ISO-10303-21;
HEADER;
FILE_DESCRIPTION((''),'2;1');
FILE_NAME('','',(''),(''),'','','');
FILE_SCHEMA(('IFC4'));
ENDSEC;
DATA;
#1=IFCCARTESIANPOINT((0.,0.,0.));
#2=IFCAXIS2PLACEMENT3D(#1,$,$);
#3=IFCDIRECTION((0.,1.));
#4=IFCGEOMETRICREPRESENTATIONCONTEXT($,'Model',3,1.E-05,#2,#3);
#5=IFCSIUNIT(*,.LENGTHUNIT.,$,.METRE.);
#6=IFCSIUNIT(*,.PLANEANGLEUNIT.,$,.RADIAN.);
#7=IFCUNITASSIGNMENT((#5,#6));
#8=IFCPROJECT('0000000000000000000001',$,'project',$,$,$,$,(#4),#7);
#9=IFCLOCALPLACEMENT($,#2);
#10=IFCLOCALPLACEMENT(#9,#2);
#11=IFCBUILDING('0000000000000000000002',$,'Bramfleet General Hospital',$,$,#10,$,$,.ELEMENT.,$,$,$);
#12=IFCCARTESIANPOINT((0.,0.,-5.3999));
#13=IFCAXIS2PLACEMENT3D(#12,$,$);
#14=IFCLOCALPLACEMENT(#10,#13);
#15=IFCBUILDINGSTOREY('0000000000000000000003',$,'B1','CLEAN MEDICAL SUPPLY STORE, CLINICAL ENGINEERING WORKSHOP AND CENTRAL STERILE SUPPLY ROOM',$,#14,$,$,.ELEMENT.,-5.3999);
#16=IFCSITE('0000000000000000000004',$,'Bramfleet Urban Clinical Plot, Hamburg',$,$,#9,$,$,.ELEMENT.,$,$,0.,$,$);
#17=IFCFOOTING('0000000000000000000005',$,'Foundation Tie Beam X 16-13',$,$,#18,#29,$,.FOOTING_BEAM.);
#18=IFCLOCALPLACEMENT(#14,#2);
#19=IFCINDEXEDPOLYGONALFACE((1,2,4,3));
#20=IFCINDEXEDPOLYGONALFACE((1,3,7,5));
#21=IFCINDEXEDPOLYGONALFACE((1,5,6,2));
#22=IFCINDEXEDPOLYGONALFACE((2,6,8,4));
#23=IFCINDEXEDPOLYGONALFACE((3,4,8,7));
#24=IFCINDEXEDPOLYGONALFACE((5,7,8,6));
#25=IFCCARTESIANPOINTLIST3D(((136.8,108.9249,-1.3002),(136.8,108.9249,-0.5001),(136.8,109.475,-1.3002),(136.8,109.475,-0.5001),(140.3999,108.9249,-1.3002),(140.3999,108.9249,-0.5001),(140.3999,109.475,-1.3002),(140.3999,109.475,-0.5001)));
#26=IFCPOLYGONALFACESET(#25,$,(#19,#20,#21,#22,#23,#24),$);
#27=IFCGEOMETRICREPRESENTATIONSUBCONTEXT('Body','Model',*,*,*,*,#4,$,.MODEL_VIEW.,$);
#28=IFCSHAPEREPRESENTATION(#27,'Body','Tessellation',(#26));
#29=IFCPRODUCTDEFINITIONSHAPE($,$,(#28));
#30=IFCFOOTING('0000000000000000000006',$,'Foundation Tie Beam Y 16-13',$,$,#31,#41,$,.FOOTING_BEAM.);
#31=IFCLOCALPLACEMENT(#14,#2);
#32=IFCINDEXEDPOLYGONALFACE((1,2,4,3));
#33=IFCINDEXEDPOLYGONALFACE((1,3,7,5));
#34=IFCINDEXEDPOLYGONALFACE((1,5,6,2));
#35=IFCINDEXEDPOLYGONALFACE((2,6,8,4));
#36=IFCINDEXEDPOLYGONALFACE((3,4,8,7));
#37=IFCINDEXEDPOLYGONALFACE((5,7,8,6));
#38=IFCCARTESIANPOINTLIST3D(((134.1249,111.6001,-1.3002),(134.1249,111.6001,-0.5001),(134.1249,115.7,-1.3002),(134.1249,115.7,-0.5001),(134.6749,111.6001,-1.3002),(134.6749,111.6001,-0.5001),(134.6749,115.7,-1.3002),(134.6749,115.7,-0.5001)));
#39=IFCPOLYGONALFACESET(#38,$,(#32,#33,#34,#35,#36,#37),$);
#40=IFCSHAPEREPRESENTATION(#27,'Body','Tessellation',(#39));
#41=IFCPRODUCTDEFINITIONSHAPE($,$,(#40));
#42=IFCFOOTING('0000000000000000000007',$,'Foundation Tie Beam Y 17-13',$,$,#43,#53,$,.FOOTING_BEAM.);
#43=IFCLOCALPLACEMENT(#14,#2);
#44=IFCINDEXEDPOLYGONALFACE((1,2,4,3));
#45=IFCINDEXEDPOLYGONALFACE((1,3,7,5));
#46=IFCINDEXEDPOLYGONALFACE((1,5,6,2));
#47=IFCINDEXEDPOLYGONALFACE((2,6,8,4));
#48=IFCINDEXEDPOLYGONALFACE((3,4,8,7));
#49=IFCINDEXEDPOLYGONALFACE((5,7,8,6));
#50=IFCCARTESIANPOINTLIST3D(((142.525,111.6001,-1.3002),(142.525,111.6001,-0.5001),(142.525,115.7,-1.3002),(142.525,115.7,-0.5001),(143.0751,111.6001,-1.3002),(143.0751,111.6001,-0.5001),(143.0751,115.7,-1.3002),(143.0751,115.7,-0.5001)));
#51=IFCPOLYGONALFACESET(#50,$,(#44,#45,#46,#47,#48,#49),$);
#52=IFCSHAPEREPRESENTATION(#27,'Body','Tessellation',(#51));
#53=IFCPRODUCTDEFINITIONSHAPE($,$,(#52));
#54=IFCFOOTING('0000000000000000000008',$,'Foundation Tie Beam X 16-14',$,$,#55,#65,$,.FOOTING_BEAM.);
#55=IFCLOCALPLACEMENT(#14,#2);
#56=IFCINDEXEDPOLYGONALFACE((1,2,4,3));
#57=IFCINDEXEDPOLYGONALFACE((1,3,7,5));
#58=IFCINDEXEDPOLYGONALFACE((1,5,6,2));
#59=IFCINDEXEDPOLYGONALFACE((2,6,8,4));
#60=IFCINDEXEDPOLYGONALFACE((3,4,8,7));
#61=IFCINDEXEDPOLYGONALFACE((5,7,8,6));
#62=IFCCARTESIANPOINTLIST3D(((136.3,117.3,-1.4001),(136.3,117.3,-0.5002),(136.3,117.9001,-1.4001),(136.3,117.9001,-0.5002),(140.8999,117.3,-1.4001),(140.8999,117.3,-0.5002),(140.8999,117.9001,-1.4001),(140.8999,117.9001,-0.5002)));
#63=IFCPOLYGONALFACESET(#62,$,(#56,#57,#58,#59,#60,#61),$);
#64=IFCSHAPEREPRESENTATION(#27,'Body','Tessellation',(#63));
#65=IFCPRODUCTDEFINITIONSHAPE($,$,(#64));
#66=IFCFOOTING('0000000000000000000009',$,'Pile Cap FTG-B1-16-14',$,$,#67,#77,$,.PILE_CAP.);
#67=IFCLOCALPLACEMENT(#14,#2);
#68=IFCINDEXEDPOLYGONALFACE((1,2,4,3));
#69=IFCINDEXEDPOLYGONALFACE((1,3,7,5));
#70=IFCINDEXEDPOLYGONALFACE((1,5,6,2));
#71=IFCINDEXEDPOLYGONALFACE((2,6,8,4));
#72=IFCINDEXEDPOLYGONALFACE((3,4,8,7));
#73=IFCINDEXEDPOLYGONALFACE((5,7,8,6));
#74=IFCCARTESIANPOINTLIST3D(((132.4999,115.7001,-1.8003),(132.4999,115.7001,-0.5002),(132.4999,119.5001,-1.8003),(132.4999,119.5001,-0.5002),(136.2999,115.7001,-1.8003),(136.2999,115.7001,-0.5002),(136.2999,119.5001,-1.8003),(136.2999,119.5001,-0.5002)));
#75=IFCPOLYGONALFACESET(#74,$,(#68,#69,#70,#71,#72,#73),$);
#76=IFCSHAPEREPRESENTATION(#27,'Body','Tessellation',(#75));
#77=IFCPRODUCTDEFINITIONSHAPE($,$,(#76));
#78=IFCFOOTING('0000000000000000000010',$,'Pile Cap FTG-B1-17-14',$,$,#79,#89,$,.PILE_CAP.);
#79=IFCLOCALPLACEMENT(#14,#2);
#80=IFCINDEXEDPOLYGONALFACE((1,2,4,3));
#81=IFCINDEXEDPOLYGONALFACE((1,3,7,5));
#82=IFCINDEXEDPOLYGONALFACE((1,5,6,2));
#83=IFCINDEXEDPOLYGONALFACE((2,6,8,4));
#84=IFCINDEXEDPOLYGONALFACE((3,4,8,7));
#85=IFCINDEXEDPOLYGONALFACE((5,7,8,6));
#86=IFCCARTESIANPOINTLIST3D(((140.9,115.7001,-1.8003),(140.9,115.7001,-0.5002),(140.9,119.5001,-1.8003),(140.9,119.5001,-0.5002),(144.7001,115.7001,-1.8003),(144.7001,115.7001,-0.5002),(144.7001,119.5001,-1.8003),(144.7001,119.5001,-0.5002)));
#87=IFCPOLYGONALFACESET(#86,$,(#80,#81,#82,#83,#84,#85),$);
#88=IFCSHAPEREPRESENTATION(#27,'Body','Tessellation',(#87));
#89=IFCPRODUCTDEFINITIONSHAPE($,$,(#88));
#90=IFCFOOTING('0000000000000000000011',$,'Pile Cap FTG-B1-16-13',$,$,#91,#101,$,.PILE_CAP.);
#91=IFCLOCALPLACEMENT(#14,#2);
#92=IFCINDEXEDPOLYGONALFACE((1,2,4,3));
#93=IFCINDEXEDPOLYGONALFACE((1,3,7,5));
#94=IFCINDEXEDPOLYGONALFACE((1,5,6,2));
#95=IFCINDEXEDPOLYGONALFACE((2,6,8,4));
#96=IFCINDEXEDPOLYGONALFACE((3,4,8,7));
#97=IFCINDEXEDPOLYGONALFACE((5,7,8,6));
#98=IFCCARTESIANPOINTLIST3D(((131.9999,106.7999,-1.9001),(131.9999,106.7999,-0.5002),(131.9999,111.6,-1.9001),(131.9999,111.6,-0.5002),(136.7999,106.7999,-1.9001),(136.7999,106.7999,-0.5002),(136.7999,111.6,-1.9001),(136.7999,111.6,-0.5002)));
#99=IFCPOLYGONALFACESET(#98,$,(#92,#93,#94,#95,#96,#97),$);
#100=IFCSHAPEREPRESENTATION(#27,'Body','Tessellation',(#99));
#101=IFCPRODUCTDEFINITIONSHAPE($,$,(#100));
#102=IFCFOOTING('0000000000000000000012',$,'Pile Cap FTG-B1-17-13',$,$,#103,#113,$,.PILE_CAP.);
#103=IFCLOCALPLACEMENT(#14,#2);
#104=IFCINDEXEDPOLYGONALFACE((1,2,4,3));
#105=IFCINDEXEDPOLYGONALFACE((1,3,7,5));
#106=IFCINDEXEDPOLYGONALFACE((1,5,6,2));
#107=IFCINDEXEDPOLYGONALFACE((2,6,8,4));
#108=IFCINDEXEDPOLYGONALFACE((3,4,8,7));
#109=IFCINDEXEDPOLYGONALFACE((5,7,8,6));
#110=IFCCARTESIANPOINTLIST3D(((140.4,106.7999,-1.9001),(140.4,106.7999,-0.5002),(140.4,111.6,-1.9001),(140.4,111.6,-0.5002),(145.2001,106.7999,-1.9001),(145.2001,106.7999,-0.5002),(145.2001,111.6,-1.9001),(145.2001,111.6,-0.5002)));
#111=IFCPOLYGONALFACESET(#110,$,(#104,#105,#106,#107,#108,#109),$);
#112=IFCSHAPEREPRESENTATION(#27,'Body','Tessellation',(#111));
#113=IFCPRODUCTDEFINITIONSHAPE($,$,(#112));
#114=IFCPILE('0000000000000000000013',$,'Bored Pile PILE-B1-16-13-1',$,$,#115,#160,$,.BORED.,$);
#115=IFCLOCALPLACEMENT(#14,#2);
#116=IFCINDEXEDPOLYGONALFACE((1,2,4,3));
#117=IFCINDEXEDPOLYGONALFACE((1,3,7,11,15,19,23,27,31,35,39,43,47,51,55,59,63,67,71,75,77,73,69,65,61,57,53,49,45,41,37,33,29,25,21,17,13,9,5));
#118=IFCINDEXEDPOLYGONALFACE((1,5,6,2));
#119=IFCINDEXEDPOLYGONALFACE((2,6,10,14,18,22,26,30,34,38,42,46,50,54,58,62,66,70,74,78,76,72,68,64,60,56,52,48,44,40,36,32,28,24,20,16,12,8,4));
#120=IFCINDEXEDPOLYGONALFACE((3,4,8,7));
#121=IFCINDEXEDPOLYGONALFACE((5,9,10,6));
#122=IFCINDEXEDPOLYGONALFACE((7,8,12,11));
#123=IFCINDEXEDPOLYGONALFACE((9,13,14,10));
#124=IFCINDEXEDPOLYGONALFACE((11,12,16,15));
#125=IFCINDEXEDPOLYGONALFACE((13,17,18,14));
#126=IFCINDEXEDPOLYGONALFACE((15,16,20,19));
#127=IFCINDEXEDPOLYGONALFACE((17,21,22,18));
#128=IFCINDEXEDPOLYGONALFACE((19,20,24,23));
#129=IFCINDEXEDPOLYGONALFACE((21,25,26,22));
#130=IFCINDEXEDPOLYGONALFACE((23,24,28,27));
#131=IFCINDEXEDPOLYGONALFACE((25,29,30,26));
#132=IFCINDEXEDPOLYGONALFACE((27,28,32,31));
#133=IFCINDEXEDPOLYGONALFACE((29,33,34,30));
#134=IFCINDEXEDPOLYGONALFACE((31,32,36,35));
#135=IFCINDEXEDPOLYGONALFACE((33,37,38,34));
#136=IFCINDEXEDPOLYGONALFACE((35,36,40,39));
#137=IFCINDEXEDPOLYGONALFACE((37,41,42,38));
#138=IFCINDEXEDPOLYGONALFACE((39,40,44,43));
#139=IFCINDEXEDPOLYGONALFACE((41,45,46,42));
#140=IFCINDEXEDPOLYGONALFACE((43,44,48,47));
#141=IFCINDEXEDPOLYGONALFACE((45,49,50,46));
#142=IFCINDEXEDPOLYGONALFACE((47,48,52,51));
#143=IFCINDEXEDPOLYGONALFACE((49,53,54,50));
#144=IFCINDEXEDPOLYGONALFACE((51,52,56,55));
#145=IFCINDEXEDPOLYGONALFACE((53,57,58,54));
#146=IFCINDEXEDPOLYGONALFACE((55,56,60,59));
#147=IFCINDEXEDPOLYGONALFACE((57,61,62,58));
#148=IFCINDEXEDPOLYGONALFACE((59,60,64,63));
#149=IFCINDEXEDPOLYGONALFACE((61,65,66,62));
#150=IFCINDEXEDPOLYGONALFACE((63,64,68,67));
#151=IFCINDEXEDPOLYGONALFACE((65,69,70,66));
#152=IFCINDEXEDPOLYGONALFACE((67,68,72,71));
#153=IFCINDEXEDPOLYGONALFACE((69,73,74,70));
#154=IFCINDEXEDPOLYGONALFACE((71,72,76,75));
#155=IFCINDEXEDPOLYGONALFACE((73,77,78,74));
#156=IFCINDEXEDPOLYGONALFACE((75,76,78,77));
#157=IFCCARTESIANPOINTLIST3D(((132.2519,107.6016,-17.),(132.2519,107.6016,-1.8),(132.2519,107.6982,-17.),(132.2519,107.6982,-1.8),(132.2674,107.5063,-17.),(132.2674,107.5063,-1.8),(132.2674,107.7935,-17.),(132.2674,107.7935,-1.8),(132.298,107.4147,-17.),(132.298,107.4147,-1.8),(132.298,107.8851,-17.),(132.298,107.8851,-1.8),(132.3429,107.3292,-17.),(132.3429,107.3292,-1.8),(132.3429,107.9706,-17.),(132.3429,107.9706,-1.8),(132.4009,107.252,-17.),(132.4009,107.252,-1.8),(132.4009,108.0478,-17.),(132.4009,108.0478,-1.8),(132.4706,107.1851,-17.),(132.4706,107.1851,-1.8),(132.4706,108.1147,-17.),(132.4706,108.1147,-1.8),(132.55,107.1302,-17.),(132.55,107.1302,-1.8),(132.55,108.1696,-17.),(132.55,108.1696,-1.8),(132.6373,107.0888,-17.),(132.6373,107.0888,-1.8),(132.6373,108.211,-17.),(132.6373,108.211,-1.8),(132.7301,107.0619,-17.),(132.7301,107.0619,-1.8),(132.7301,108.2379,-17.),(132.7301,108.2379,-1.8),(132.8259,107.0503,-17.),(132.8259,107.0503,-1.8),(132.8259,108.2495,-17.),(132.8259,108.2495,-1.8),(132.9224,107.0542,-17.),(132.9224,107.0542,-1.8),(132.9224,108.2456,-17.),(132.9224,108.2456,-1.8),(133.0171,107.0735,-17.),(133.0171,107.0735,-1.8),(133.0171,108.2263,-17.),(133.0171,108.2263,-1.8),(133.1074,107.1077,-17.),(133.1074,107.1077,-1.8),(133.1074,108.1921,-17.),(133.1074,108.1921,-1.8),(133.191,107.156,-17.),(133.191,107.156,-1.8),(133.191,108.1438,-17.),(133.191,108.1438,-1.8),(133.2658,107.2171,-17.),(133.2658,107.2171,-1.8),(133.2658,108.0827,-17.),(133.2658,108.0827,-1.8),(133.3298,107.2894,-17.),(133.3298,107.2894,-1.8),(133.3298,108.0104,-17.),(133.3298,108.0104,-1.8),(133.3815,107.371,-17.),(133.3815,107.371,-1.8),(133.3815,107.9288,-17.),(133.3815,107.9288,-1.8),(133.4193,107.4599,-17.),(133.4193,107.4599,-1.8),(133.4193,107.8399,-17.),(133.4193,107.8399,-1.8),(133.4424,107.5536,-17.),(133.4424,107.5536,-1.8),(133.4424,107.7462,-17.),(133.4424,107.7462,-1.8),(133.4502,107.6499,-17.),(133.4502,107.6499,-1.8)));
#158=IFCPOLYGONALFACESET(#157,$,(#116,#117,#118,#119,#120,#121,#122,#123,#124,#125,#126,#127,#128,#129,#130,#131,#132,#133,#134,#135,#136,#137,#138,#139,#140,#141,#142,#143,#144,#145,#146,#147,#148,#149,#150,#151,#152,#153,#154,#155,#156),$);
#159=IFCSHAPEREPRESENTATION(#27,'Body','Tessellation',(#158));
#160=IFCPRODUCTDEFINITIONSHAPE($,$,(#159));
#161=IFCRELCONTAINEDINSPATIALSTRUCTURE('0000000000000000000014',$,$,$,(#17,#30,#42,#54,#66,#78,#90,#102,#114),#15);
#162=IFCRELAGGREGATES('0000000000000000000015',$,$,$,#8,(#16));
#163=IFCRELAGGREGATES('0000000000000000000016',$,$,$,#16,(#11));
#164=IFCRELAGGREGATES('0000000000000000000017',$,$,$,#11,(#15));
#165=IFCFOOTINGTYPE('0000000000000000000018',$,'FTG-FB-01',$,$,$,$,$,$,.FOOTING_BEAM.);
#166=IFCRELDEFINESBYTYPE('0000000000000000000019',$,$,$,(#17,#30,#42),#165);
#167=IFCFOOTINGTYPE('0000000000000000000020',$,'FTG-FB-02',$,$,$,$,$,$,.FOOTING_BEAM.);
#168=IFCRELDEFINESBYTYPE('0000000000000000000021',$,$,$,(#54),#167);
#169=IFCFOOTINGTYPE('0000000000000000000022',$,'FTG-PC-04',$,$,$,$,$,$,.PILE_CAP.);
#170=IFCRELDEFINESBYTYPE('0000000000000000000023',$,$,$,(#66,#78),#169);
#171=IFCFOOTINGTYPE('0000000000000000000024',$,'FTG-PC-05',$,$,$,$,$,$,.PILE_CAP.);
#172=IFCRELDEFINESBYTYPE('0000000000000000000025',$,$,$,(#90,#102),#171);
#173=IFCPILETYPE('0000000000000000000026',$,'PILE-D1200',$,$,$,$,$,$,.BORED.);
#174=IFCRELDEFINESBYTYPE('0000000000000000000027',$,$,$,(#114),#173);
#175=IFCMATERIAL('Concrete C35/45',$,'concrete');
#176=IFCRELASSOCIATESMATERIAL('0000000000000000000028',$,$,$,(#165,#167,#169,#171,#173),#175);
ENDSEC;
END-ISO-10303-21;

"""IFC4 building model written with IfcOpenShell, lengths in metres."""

from ifc_helpers import new_model, si_unit, direction, frame, origin, origin_2d, place, context, subcontext, project, spatial, rectangle, circle, extrude, material, material_profile, profile_set, type_object, element, save


model = new_model("IFC4")

# Units and contexts
model_context = context("Model", 3, precision=1e-05, world=origin(), true_north=direction((0.0, 1.0)))
body_context = subcontext(model_context, "Body", "Model", "MODEL_VIEW")
ifc_project = project(units=[si_unit("LENGTHUNIT", "METRE"), si_unit("PLANEANGLEUNIT", "RADIAN")], contexts=[model_context])

# Site, building, storey
site_placement = place(None, origin())
site = spatial("IfcSite", under=ifc_project, at=site_placement, Name="Bramfleet Urban Clinical Plot, Hamburg", CompositionType="ELEMENT", RefElevation=0.0)
building_placement = place(site_placement, origin())
building = spatial("IfcBuilding", under=site, at=building_placement, Name="Bramfleet General Hospital", CompositionType="ELEMENT")
storey_placement = place(building_placement, frame((0.0, 0.0, -5.3999)))
storey = spatial("IfcBuildingStorey", under=building, at=storey_placement, Name="B1", Description="CLEAN MEDICAL SUPPLY STORE, CLINICAL ENGINEERING WORKSHOP AND CENTRAL STERILE SUPPLY ROOM", CompositionType="ELEMENT", Elevation=-5.3999)

# Footings
ifc_material_1 = material(Name="Concrete C35/45", Category="concrete")
ifc_material_profile_1 = material_profile(ifc_material_1, rectangle(XDim=0.55, YDim=0.8, at=origin_2d()), Name="RC FB 800x550")
ifc_profile_set_1 = profile_set([ifc_material_profile_1], Name="Concrete C35/45")
footing_type_1 = type_object("IfcFootingType", Name="FTG-FB-01", PredefinedType="FOOTING_BEAM", material=ifc_profile_set_1)
footing_1_placement = place(storey_placement, frame((136.8, 109.2, -0.9001), z_axis=(1.0, 0.0, 0.0), x_axis=(0.0, 1.0, 0.0)))
element("IfcFooting", 1, at=footing_1_placement, inside=storey, type_object=footing_type_1, Name="Foundation Tie Beam X 16-13", PredefinedType="FOOTING_BEAM", context=body_context, shape_type="SweptSolid", body=[
    extrude(rectangle(XDim=0.55, YDim=0.8, at=origin_2d()), origin(), (0.0, 0.0, 1.0), 3.5999),
])
for number, where, z_axis, x_axis, name in (
    (2, (134.3999, 111.6001, -0.9001), (0.0, 1.0, 0.0), (-1.0, 0.0, 0.0), "Foundation Tie Beam Y 16-13"),
    (3, (142.8, 111.6001, -0.9001), (0.0, 1.0, 0.0), (-1.0, 0.0, 0.0), "Foundation Tie Beam Y 17-13"),
):
    element("IfcFooting", number, at=place(storey_placement, frame(where, z_axis=z_axis, x_axis=x_axis)), inside=storey, type_object=footing_type_1, Name=name, PredefinedType="FOOTING_BEAM", context=body_context, shape_type="SweptSolid", body=[
        extrude(rectangle(XDim=0.55, YDim=0.8, at=origin_2d()), origin(), (0.0, 0.0, 1.0), 4.0999),
    ])
ifc_material_profile_2 = material_profile(ifc_material_1, rectangle(XDim=0.6001, YDim=0.8999, at=origin_2d()), Name="RC FB 900x600")
ifc_profile_set_2 = profile_set([ifc_material_profile_2], Name="Concrete C35/45")
footing_type_2 = type_object("IfcFootingType", Name="FTG-FB-02", PredefinedType="FOOTING_BEAM", material=ifc_profile_set_2)
footing_2_placement = place(storey_placement, frame((136.3, 117.6001, -0.9502), z_axis=(1.0, 0.0, 0.0), x_axis=(0.0, 1.0, 0.0)))
element("IfcFooting", 4, at=footing_2_placement, inside=storey, type_object=footing_type_2, Name="Foundation Tie Beam X 16-14", PredefinedType="FOOTING_BEAM", context=body_context, shape_type="SweptSolid", body=[
    extrude(rectangle(XDim=0.6001, YDim=0.8999, at=origin_2d()), origin(), (0.0, 0.0, 1.0), 4.5999),
])
footing_type_3 = type_object("IfcFootingType", Name="FTG-PC-04", PredefinedType="PILE_CAP", material=ifc_material_1)
for number, where, z_axis, x_axis, name in (
    (5, (134.3999, 117.6001, -1.8003), (0.0, 0.0, 1.0), (1.0, 0.0, 0.0), "Pile Cap FTG-B1-16-14"),
    (6, (142.8, 117.6001, -1.8003), (0.0, 0.0, 1.0), (1.0, 0.0, 0.0), "Pile Cap FTG-B1-17-14"),
):
    element("IfcFooting", number, at=place(storey_placement, frame(where, z_axis=z_axis, x_axis=x_axis)), inside=storey, type_object=footing_type_3, Name=name, PredefinedType="PILE_CAP", context=body_context, shape_type="SweptSolid", body=[
        extrude(rectangle(XDim=3.8, YDim=3.8, at=origin_2d()), origin(), (0.0, 0.0, 1.0), 1.3),
    ])
footing_type_4 = type_object("IfcFootingType", Name="FTG-PC-05", PredefinedType="PILE_CAP", material=ifc_material_1)
for number, where, z_axis, x_axis, name in (
    (7, (134.3999, 109.2, -1.9001), (0.0, 0.0, 1.0), (1.0, 0.0, 0.0), "Pile Cap FTG-B1-16-13"),
    (8, (142.8, 109.2, -1.9001), (0.0, 0.0, 1.0), (1.0, 0.0, 0.0), "Pile Cap FTG-B1-17-13"),
):
    element("IfcFooting", number, at=place(storey_placement, frame(where, z_axis=z_axis, x_axis=x_axis)), inside=storey, type_object=footing_type_4, Name=name, PredefinedType="PILE_CAP", context=body_context, shape_type="SweptSolid", body=[
        extrude(rectangle(XDim=4.8, YDim=4.8, at=origin_2d()), origin(), (0.0, 0.0, 1.0), 1.3999),
    ])

# Pile
ifc_material_profile_3 = material_profile(ifc_material_1, circle(Radius=0.6001, at=origin_2d()), Name="PILE BORED D1200")
ifc_profile_set_3 = profile_set([ifc_material_profile_3], Name="Concrete C35/45")
pile_type_1 = type_object("IfcPileType", Name="PILE-D1200", PredefinedType="BORED", material=ifc_profile_set_3)
for number, where, z_axis, x_axis, name in (
    (9, (132.8501, 107.6499, -1.8), (0.0, 0.0, -1.0), (1.0, 0.0, 0.0), "Bored Pile PILE-B1-16-13-1"),
):
    element("IfcPile", number, at=place(storey_placement, frame(where, z_axis=z_axis, x_axis=x_axis)), inside=storey, type_object=pile_type_1, Name=name, PredefinedType="BORED", context=body_context, shape_type="SweptSolid", body=[
        extrude(circle(Radius=0.6001, at=origin_2d()), origin(), (0.0, 0.0, 1.0), 15.2),
    ])

save(model, "model.ifc")
